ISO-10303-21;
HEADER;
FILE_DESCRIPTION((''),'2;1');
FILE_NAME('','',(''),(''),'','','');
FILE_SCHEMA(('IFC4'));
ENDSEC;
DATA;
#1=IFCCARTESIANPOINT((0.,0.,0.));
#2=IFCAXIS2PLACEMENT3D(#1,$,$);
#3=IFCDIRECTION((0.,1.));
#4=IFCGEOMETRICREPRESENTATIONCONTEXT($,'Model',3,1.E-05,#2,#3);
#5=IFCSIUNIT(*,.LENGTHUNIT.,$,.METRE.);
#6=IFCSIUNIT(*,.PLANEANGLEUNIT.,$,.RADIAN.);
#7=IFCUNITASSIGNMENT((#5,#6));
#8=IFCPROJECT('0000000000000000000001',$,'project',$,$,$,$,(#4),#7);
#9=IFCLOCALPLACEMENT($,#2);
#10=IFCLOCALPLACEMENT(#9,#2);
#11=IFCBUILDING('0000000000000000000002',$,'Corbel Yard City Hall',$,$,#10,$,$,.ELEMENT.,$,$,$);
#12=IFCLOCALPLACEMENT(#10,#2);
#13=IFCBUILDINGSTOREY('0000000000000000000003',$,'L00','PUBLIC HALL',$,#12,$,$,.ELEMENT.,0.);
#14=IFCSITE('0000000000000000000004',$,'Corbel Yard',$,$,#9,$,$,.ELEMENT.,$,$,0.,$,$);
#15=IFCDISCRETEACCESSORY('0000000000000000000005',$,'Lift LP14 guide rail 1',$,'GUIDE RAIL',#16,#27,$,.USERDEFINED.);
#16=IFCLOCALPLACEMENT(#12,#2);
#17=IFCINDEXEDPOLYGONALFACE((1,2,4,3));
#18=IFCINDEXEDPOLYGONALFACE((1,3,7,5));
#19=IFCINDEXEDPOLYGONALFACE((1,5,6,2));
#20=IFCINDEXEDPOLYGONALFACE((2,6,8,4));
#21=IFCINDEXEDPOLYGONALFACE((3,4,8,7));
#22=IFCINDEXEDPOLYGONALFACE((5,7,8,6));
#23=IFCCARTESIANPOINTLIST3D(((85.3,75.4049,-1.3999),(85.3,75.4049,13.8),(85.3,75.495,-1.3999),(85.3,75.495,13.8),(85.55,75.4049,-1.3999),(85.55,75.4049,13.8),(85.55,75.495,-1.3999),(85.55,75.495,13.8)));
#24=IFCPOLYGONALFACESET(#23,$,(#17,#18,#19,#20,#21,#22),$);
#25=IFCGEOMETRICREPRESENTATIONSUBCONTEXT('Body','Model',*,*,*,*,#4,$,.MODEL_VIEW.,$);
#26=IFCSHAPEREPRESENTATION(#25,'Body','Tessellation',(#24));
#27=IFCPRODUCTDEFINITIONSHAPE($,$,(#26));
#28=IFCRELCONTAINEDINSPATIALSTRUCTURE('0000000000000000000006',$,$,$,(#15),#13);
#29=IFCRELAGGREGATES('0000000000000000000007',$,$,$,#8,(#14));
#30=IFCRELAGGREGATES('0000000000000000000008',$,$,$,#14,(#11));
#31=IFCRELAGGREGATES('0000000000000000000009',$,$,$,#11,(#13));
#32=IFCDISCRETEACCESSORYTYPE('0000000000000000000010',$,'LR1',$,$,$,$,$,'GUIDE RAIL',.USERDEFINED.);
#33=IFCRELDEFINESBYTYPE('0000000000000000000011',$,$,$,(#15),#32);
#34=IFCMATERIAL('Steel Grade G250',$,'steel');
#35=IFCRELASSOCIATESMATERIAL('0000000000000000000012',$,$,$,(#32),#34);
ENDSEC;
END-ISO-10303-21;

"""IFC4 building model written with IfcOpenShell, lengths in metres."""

from ifc_helpers import new_model, si_unit, direction, frame, origin, origin_2d, place, context, subcontext, project, spatial, rectangle, extrude, material, type_object, element, save


model = new_model("IFC4")

# Units and contexts
model_context = context("Model", 3, precision=1e-05, world=origin(), true_north=direction((0.0, 1.0)))
body_context = subcontext(model_context, "Body", "Model", "MODEL_VIEW")
ifc_project = project(units=[si_unit("LENGTHUNIT", "METRE"), si_unit("PLANEANGLEUNIT", "RADIAN")], contexts=[model_context])

# Site, building, storey
site_placement = place(None, origin())
site = spatial("IfcSite", under=ifc_project, at=site_placement, Name="Corbel Yard", CompositionType="ELEMENT", RefElevation=0.0)
building_placement = place(site_placement, origin())
building = spatial("IfcBuilding", under=site, at=building_placement, Name="Corbel Yard City Hall", CompositionType="ELEMENT")
storey_placement = place(building_placement, origin())
storey = spatial("IfcBuildingStorey", under=building, at=storey_placement, Name="L00", Description="PUBLIC HALL", CompositionType="ELEMENT", Elevation=0.0)

# Shared definitions
ifc_material_1 = material(Name="Steel Grade G250", Category="steel")

# Discrete accessory
discrete_accessory_type_1 = type_object("IfcDiscreteAccessoryType", Name="LR1", ElementType="GUIDE RAIL", PredefinedType="USERDEFINED", material=ifc_material_1)
discrete_accessory_1_placement = place(storey_placement, frame((85.425, 75.45, -1.3999), z_axis=(0.0, 0.0, 1.0), x_axis=(1.0, 0.0, 0.0)))
element("IfcDiscreteAccessory", 1, at=discrete_accessory_1_placement, inside=storey, type_object=discrete_accessory_type_1, Name="Lift LP14 guide rail 1", ObjectType="GUIDE RAIL", PredefinedType="USERDEFINED", context=body_context, shape_type="SweptSolid", body=[
    extrude(rectangle(XDim=0.25, YDim=0.0901, at=origin_2d()), origin(), (0.0, 0.0, 1.0), 15.2),
])

save(model, "model.ifc")
